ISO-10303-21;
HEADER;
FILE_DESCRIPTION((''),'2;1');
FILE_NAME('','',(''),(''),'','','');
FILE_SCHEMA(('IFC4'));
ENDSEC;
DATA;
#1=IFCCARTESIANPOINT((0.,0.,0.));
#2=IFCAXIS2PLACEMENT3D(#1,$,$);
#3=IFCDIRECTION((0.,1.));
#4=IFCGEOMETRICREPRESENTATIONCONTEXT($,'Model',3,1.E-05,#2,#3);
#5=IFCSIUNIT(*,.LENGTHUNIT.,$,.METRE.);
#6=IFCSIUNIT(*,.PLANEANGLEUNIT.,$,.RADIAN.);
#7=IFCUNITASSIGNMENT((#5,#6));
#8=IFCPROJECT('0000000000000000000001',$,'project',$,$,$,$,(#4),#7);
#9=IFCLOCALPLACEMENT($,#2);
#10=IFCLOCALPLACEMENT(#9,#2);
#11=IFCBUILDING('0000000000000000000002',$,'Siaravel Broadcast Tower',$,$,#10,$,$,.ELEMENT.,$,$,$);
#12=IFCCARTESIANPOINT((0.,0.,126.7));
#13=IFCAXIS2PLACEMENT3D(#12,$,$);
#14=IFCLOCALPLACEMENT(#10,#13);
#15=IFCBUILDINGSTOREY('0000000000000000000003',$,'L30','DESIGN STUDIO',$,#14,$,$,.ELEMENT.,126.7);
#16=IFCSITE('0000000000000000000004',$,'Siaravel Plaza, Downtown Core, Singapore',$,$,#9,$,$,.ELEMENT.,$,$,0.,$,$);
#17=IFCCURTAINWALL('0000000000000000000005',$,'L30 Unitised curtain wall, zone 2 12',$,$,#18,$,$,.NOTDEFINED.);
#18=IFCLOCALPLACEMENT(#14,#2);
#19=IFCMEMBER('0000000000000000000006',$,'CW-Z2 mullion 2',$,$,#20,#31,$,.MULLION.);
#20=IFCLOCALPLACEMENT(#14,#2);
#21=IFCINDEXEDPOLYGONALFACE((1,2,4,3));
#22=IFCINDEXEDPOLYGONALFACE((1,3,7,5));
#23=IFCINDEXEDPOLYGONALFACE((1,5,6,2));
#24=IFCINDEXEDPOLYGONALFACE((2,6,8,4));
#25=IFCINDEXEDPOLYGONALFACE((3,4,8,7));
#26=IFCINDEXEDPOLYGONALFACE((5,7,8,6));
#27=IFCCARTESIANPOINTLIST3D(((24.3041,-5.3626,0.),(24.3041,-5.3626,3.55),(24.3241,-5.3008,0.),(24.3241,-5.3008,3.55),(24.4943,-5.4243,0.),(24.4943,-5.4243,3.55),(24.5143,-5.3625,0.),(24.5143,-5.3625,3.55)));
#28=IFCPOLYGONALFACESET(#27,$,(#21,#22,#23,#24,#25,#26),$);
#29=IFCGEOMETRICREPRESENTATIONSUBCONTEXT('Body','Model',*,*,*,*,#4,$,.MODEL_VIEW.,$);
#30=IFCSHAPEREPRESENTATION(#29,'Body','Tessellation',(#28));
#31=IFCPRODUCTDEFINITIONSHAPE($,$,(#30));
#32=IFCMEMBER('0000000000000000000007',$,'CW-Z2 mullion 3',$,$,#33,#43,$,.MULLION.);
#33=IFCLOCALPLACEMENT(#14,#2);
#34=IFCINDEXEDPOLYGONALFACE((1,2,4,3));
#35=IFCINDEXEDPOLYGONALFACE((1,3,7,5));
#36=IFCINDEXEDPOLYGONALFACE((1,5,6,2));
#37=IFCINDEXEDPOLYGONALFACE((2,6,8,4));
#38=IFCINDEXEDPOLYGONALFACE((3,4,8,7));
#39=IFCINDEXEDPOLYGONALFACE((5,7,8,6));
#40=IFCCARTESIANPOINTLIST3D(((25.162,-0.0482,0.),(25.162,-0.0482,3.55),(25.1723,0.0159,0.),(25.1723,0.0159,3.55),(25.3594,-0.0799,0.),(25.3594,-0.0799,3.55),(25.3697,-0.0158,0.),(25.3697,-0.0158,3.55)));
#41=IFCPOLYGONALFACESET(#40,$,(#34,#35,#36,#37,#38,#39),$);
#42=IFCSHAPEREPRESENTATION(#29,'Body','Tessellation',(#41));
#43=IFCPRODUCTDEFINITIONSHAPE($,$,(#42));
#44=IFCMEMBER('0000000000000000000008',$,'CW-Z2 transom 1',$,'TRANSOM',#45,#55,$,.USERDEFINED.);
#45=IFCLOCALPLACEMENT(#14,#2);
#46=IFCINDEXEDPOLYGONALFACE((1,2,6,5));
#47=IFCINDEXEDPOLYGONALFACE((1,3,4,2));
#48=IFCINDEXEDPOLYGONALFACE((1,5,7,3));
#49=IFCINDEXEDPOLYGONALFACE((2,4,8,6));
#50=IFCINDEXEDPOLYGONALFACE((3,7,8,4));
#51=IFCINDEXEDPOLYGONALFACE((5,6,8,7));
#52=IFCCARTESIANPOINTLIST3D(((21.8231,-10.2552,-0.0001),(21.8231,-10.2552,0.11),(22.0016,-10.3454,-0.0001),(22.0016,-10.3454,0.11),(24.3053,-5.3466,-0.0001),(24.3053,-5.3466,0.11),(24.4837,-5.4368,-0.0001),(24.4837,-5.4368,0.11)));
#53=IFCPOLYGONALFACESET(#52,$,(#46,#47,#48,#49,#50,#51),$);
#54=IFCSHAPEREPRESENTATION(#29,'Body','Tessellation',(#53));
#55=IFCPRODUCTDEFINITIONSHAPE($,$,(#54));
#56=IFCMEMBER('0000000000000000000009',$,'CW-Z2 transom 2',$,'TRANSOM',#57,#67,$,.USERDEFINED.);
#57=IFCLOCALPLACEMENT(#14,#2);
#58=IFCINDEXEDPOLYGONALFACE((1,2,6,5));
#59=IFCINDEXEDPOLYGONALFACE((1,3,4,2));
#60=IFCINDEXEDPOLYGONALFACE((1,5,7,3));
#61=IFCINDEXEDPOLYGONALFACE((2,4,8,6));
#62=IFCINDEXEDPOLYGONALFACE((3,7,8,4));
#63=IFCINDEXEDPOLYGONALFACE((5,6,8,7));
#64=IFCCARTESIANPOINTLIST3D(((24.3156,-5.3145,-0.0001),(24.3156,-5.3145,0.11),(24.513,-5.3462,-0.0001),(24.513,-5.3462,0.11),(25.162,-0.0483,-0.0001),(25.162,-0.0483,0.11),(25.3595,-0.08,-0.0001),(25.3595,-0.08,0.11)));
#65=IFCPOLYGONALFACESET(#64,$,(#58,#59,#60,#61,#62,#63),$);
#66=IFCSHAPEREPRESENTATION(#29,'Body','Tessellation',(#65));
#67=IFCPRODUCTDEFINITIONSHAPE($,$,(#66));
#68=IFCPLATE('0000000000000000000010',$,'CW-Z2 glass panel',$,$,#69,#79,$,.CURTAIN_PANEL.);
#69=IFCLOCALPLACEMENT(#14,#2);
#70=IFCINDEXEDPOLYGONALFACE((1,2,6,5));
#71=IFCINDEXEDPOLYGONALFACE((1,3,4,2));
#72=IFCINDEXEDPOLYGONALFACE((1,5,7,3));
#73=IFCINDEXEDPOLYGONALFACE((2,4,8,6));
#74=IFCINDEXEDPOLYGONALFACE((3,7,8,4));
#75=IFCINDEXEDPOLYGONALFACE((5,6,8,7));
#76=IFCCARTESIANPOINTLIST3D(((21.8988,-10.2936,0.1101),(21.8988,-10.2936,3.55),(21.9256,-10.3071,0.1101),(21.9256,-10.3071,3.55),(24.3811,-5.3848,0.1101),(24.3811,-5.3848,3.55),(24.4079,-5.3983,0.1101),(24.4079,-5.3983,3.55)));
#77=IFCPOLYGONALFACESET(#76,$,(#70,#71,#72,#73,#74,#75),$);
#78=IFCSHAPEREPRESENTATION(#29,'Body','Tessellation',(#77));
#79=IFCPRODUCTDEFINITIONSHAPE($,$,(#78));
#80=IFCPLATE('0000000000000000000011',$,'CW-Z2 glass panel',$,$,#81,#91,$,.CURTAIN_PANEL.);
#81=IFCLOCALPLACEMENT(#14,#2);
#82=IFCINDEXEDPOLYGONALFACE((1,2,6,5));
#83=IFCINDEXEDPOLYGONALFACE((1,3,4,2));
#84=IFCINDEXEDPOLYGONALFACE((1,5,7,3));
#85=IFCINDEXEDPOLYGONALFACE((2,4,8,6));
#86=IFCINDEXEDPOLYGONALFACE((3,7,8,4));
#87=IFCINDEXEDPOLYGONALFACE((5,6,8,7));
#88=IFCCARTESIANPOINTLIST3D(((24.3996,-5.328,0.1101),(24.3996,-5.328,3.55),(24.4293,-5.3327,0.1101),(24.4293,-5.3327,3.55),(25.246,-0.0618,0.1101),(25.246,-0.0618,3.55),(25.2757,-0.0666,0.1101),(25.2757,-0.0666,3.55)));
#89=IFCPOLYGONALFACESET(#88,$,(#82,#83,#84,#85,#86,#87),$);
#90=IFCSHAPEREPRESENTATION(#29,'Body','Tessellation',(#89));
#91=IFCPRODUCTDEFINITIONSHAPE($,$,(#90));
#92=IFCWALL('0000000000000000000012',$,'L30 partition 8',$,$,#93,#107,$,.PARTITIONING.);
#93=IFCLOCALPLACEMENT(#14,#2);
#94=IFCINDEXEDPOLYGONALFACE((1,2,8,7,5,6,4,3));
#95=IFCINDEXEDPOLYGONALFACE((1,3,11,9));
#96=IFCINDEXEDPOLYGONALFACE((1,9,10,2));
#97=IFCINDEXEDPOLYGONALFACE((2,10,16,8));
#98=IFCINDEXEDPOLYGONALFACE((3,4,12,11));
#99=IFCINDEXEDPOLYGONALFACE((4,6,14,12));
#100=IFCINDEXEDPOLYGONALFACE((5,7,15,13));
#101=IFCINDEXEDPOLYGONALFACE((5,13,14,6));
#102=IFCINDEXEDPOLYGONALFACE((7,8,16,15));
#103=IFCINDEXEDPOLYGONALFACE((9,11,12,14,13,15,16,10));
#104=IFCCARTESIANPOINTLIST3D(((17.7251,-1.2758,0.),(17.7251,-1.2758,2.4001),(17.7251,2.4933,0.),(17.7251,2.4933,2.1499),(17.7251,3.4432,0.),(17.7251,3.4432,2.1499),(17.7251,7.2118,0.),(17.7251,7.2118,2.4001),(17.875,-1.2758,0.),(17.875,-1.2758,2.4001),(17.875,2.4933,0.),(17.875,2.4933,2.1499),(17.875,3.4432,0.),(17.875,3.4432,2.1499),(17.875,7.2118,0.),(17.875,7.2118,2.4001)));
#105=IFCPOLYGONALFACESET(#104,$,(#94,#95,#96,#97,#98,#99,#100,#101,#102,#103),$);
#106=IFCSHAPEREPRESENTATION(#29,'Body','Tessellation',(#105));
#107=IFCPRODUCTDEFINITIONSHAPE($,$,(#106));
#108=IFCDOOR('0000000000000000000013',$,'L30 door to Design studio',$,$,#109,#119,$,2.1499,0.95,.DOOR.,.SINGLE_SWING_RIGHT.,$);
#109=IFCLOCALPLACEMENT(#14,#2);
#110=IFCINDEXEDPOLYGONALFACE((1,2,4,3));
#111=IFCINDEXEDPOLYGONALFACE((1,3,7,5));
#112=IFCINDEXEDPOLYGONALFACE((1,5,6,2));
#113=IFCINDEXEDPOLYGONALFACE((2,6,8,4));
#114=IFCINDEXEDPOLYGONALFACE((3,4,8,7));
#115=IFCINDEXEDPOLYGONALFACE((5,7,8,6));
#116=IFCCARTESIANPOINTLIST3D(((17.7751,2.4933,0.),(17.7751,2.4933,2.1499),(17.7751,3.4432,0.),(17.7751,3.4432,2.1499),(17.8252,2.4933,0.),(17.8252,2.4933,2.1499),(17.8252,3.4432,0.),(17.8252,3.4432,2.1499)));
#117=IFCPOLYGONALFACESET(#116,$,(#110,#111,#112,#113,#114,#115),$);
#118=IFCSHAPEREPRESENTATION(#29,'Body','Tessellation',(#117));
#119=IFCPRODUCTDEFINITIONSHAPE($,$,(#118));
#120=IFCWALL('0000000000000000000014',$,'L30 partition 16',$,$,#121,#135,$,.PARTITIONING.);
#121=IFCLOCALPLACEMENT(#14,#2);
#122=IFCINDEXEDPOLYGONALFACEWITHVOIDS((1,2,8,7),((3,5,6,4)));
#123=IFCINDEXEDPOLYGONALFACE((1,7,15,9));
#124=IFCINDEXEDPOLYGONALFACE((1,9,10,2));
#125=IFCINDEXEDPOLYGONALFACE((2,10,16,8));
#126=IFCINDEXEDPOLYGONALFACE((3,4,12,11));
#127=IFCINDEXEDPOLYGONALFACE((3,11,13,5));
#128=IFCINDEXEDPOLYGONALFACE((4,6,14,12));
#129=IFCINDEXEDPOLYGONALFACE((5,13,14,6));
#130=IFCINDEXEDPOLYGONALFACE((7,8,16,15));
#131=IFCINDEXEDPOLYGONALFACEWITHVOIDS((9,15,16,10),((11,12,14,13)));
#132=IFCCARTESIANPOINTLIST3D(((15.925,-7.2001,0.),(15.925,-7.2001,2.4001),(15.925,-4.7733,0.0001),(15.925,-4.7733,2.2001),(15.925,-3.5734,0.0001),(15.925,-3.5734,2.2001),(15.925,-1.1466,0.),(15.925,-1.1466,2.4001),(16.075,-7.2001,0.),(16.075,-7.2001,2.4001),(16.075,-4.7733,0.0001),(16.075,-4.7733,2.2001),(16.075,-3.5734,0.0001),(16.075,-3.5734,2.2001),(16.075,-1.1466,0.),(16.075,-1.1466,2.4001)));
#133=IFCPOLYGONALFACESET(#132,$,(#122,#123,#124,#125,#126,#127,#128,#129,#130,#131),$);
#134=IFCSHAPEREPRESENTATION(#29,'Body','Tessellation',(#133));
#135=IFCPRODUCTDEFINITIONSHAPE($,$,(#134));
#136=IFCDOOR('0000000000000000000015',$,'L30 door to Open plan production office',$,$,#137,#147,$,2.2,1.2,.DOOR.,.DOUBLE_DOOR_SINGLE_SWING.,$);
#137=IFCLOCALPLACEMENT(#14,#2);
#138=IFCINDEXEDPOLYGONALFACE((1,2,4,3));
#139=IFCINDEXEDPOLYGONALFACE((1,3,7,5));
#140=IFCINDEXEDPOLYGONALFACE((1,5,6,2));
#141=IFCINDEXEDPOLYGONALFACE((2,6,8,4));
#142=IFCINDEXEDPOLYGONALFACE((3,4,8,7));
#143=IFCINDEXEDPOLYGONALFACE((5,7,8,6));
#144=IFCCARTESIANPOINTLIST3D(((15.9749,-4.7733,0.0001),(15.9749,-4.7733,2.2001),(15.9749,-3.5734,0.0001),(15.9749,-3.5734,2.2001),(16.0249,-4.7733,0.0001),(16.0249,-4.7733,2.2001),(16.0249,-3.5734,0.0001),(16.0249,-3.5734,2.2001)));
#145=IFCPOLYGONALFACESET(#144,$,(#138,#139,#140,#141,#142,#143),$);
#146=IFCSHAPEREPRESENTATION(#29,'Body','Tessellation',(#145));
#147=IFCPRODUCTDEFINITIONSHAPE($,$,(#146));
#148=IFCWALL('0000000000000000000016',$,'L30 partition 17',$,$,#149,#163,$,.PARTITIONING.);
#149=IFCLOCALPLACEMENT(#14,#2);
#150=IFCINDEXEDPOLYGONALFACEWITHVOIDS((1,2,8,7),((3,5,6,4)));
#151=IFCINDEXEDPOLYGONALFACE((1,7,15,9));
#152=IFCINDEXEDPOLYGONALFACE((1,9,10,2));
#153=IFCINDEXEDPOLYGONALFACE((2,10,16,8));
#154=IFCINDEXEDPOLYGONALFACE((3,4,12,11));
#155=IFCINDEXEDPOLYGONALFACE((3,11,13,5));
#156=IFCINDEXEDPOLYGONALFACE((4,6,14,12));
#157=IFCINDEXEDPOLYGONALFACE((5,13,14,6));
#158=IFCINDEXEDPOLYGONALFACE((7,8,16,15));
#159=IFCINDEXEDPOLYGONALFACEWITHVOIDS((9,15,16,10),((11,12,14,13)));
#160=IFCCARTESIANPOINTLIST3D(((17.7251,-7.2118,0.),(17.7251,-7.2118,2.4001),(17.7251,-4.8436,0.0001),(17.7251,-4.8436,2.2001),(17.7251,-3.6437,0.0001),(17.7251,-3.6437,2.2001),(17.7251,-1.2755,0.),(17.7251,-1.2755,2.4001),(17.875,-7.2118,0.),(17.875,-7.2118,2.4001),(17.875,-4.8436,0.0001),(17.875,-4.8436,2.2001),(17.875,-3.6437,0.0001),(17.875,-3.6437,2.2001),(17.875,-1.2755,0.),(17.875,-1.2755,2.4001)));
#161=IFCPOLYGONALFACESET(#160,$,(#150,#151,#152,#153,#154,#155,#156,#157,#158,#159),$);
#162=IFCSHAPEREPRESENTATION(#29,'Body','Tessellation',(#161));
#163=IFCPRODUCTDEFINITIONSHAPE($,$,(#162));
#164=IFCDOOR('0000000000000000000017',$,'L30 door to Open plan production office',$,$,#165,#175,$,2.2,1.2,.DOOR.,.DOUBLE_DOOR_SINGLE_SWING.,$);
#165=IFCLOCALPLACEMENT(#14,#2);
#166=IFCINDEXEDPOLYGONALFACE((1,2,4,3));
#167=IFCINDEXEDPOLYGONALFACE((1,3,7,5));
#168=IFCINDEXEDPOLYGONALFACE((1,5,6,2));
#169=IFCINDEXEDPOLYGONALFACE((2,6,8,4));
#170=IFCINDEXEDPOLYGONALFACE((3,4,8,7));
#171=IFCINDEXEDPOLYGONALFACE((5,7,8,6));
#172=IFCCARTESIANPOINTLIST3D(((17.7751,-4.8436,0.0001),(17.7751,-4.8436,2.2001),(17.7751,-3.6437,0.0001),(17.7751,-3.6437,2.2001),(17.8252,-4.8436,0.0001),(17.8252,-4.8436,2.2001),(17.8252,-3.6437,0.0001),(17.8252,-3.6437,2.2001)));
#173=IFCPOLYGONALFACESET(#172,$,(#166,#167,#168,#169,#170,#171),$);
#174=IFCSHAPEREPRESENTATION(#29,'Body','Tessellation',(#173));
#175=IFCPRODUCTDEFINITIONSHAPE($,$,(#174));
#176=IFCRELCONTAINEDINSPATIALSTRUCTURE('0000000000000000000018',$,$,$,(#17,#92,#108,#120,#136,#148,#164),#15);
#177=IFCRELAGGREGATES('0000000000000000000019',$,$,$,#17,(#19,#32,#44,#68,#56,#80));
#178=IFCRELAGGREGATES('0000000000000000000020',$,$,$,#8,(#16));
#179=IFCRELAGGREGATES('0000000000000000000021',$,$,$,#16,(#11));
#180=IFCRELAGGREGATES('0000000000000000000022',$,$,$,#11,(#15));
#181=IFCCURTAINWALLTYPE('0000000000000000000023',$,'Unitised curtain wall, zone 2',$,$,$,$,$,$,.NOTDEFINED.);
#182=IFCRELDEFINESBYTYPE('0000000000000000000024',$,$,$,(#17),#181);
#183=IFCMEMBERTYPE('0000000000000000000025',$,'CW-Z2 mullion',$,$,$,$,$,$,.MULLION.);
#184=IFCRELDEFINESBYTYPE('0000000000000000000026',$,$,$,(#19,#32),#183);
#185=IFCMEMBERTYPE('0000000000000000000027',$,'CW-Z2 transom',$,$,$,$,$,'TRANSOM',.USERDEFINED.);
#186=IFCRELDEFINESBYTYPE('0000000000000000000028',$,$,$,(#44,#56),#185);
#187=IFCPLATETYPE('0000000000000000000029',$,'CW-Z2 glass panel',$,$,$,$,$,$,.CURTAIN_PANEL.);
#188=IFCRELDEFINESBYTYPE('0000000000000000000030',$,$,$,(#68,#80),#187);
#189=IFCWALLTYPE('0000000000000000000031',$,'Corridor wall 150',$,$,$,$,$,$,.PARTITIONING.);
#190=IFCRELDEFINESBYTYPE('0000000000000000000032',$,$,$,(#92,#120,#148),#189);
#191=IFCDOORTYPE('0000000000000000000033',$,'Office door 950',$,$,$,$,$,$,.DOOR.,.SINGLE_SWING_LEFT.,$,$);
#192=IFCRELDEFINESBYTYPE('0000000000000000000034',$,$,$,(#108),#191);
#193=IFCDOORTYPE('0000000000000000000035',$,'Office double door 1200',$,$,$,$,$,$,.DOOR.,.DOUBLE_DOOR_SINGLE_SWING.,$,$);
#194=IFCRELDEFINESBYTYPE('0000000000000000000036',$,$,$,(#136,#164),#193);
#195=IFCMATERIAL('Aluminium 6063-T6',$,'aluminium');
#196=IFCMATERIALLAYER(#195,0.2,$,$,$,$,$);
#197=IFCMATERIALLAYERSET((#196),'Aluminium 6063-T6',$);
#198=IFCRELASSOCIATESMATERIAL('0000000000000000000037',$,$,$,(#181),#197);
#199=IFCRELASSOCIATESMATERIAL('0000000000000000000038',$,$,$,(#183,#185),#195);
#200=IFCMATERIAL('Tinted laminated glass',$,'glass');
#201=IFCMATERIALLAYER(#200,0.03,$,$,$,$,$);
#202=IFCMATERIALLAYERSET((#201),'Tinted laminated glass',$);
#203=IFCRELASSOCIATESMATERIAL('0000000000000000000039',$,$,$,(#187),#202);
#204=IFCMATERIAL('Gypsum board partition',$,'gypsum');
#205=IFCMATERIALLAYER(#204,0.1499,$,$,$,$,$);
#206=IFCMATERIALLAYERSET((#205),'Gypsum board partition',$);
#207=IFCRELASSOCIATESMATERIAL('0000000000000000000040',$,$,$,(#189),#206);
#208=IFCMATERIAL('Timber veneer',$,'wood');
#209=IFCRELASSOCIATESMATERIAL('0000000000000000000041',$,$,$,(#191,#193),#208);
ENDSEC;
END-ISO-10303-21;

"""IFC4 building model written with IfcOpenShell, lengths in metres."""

from ifc_helpers import new_model, si_unit, direction, frame, frame_2d, origin, origin_2d, place, context, subcontext, project, spatial, rectangle, extrude, material, layer, layer_set, material_profile, profile_set, type_object, element, fill, aggregate, save


model = new_model("IFC4")

# Units and contexts
model_context = context("Model", 3, precision=1e-05, world=origin(), true_north=direction((0.0, 1.0)))
body_context = subcontext(model_context, "Body", "Model", "MODEL_VIEW")
ifc_project = project(units=[si_unit("LENGTHUNIT", "METRE"), si_unit("PLANEANGLEUNIT", "RADIAN")], contexts=[model_context])

# Site, building, storey
site_placement = place(None, origin())
site = spatial("IfcSite", under=ifc_project, at=site_placement, Name="Siaravel Plaza, Downtown Core, Singapore", CompositionType="ELEMENT", RefElevation=0.0)
building_placement = place(site_placement, origin())
building = spatial("IfcBuilding", under=site, at=building_placement, Name="Siaravel Broadcast Tower", CompositionType="ELEMENT")
storey_placement = place(building_placement, frame((0.0, 0.0, 126.7)))
storey = spatial("IfcBuildingStorey", under=building, at=storey_placement, Name="L30", Description="DESIGN STUDIO", CompositionType="ELEMENT", Elevation=126.7)

# Curtain wall, members, plates
ifc_material_1 = material(Name="Aluminium 6063-T6", Category="aluminium")
ifc_layer_1 = layer(ifc_material_1, 0.2)
ifc_layer_set_1 = layer_set([ifc_layer_1], Name="Aluminium 6063-T6")
curtain_wall_type = type_object("IfcCurtainWallType", Name="Unitised curtain wall, zone 2", PredefinedType="NOTDEFINED", material=ifc_layer_set_1)
curtain_wall_placement = place(storey_placement, origin())
curtain_wall = element("IfcCurtainWall", 1, at=curtain_wall_placement, inside=storey, type_object=curtain_wall_type, Name="L30 Unitised curtain wall, zone 2 12", PredefinedType="NOTDEFINED")
ifc_material_profile_1 = material_profile(ifc_material_1, rectangle(XDim=0.2, YDim=0.0649, at=origin_2d()))
ifc_profile_set_1 = profile_set([ifc_material_profile_1], Name="Aluminium 6063-T6")
member_type_1 = type_object("IfcMemberType", Name="CW-Z2 mullion", PredefinedType="MULLION", material=ifc_profile_set_1)
member_1_placement = place(storey_placement, frame((24.4092, -5.3625, 0.0), z_axis=(0.0, 0.0, 1.0), x_axis=(-0.951177, 0.308645, 0.0)))
member_1 = element("IfcMember", 2, at=member_1_placement, type_object=member_type_1, Name="CW-Z2 mullion 2", PredefinedType="MULLION", context=body_context, shape_type="SweptSolid", body=[
    extrude(rectangle(XDim=0.2, YDim=0.0649, at=origin_2d()), origin(), (0.0, 0.0, 1.0), 3.55),
])
member_2_placement = place(storey_placement, frame((25.2659, -0.032, 0.0), z_axis=(0.0, 0.0, 1.0), x_axis=(-0.987329, 0.158686, 0.0)))
member_2 = element("IfcMember", 3, at=member_2_placement, type_object=member_type_1, Name="CW-Z2 mullion 3", PredefinedType="MULLION", context=body_context, shape_type="SweptSolid", body=[
    extrude(rectangle(XDim=0.2, YDim=0.0649, at=origin_2d()), origin(), (0.0, 0.0, 1.0), 3.55),
])
ifc_material_profile_2 = material_profile(ifc_material_1, rectangle(XDim=0.2, YDim=0.1101, at=origin_2d()))
ifc_profile_set_2 = profile_set([ifc_material_profile_2], Name="Aluminium 6063-T6")
member_type_2 = type_object("IfcMemberType", Name="CW-Z2 transom", ElementType="TRANSOM", PredefinedType="USERDEFINED", material=ifc_profile_set_2)
member_3_placement = place(storey_placement, frame((21.9124, -10.3003, 0.0549), z_axis=(0.451257, 0.892394, 0.0), x_axis=(-0.892394, 0.451257, 0.0)))
member_3 = element("IfcMember", 4, at=member_3_placement, type_object=member_type_2, Name="CW-Z2 transom 1", ObjectType="TRANSOM", PredefinedType="USERDEFINED", context=body_context, shape_type="SweptSolid", body=[
    extrude(rectangle(XDim=0.2, YDim=0.1101, at=origin_2d()), origin(), (0.0, 0.0, 1.0), 5.5005),
])
member_4_placement = place(storey_placement, frame((24.4143, -5.3303, 0.0549), z_axis=(0.158696, 0.987328, 0.0), x_axis=(-0.987328, 0.158696, 0.0)))
member_4 = element("IfcMember", 5, at=member_4_placement, type_object=member_type_2, Name="CW-Z2 transom 2", ObjectType="TRANSOM", PredefinedType="USERDEFINED", context=body_context, shape_type="SweptSolid", body=[
    extrude(rectangle(XDim=0.2, YDim=0.1101, at=origin_2d()), origin(), (0.0, 0.0, 1.0), 5.3337),
])
ifc_material_2 = material(Name="Tinted laminated glass", Category="glass")
ifc_layer_2 = layer(ifc_material_2, 0.03)
ifc_layer_set_2 = layer_set([ifc_layer_2], Name="Tinted laminated glass")
plate_type = type_object("IfcPlateType", Name="CW-Z2 glass panel", PredefinedType="CURTAIN_PANEL", material=ifc_layer_set_2)
plate_1_placement = place(storey_placement, frame((23.1533, -7.8459, 0.1101), z_axis=(0.0, 0.0, 1.0), x_axis=(0.451261, 0.892392, 0.0)))
plate_1 = element("IfcPlate", 6, at=plate_1_placement, type_object=plate_type, Name="CW-Z2 glass panel", PredefinedType="CURTAIN_PANEL", context=body_context, shape_type="SweptSolid", body=[
    extrude(rectangle(XDim=5.5007, YDim=0.03, at=origin_2d()), origin(), (0.0, 0.0, 1.0), 3.4399),
])
plate_2_placement = place(storey_placement, frame((24.8376, -2.6973, 0.1101), z_axis=(0.0, 0.0, 1.0), x_axis=(0.158686, 0.987329, 0.0)))
plate_2 = element("IfcPlate", 7, at=plate_2_placement, type_object=plate_type, Name="CW-Z2 glass panel", PredefinedType="CURTAIN_PANEL", context=body_context, shape_type="SweptSolid", body=[
    extrude(rectangle(XDim=5.3337, YDim=0.03, at=origin_2d()), origin(), (0.0, 0.0, 1.0), 3.4399),
])
aggregate(curtain_wall, [member_1, member_2, member_3, plate_1, member_4, plate_2])

# Walls, openings, doors
ifc_material_3 = material(Name="Gypsum board partition", Category="gypsum")
ifc_layer_3 = layer(ifc_material_3, 0.1499)
ifc_layer_set_3 = layer_set([ifc_layer_3], Name="Gypsum board partition")
wall_type_1 = type_object("IfcWallType", Name="Corridor wall 150", PredefinedType="PARTITIONING", material=ifc_layer_set_3)
wall_1_placement = place(storey_placement, frame((17.8, -1.2756, 0.0), z_axis=(0.0, 0.0, 1.0), x_axis=(0.0, 1.0, 0.0)))
wall_1 = element("IfcWall", 8, at=wall_1_placement, inside=storey, type_object=wall_type_1, Name="L30 partition 8", PredefinedType="PARTITIONING", context=body_context, shape_type="SweptSolid", body=[
    extrude(rectangle(XDim=8.4875, YDim=0.1499, at=frame_2d((4.2437, 0.0))), origin(), (0.0, 0.0, 1.0), 2.4001),
])
opening_1_placement = place(wall_1_placement, frame((3.7688, 0.0, 0.0)))
opening_1 = element("IfcOpeningElement", 9, at=opening_1_placement, cuts=wall_1, PredefinedType="OPENING", context=body_context, shape_type="SweptSolid", body=[
    extrude(rectangle(XDim=0.95, YDim=2.1499, at=frame_2d((0.4751, 1.075))), frame((0.0, 0.085, 0.0), z_axis=(0.0, -1.0, 0.0), x_axis=(1.0, 0.0, 0.0)), (0.0, 0.0, 1.0), 0.1699),
])
ifc_material_4 = material(Name="Timber veneer", Category="wood")
door_type_1 = type_object("IfcDoorType", Name="Office door 950", OperationType="SINGLE_SWING_LEFT", PredefinedType="DOOR", material=ifc_material_4)
door_1_placement = place(opening_1_placement, origin())
door_1 = element("IfcDoor", 10, at=door_1_placement, inside=storey, type_object=door_type_1, Name="L30 door to Design studio", OperationType="SINGLE_SWING_RIGHT", OverallHeight=2.1499, OverallWidth=0.95, PredefinedType="DOOR", context=body_context, shape_type="SweptSolid", body=[
    extrude(rectangle(XDim=0.95, YDim=2.1499, at=frame_2d((0.4751, 1.075))), frame((0.0, 0.0249, 0.0), z_axis=(0.0, -1.0, 0.0), x_axis=(1.0, 0.0, 0.0)), (0.0, 0.0, 1.0), 0.05),
])
fill(opening_1, door_1)
wall_2_placement = place(storey_placement, frame((16.0, -1.1465, 0.0), z_axis=(0.0, 0.0, 1.0), x_axis=(0.0, -1.0, 0.0)))
wall_2 = element("IfcWall", 11, at=wall_2_placement, inside=storey, type_object=wall_type_1, Name="L30 partition 16", PredefinedType="PARTITIONING", context=body_context, shape_type="SweptSolid", body=[
    extrude(rectangle(XDim=6.0535, YDim=0.1499, at=frame_2d((3.0269, 0.0))), origin(), (0.0, 0.0, 1.0), 2.4001),
])
opening_2_placement = place(wall_2_placement, frame((2.4268, 0.0, 0.0)))
opening_2 = element("IfcOpeningElement", 12, at=opening_2_placement, cuts=wall_2, PredefinedType="OPENING", context=body_context, shape_type="SweptSolid", body=[
    extrude(rectangle(XDim=1.2, YDim=2.2, at=frame_2d((0.6001, 1.1001))), frame((0.0, 0.085, 0.0), z_axis=(0.0, -1.0, 0.0), x_axis=(1.0, 0.0, 0.0)), (0.0, 0.0, 1.0), 0.1699),
])
door_type_2 = type_object("IfcDoorType", Name="Office double door 1200", OperationType="DOUBLE_DOOR_SINGLE_SWING", PredefinedType="DOOR", material=ifc_material_4)
door_2_placement = place(opening_2_placement, origin())
door_2 = element("IfcDoor", 13, at=door_2_placement, inside=storey, type_object=door_type_2, Name="L30 door to Open plan production office", OperationType="DOUBLE_DOOR_SINGLE_SWING", OverallHeight=2.2, OverallWidth=1.2, PredefinedType="DOOR", context=body_context, shape_type="SweptSolid", body=[
    extrude(rectangle(XDim=1.2, YDim=2.2, at=frame_2d((0.6001, 1.1001))), frame((0.0, 0.0249, 0.0), z_axis=(0.0, -1.0, 0.0), x_axis=(1.0, 0.0, 0.0)), (0.0, 0.0, 1.0), 0.05),
])
fill(opening_2, door_2)
wall_3_placement = place(storey_placement, frame((17.8, -7.2119, 0.0), z_axis=(0.0, 0.0, 1.0), x_axis=(0.0, 1.0, 0.0)))
wall_3 = element("IfcWall", 14, at=wall_3_placement, inside=storey, type_object=wall_type_1, Name="L30 partition 17", PredefinedType="PARTITIONING", context=body_context, shape_type="SweptSolid", body=[
    extrude(rectangle(XDim=5.9363, YDim=0.1499, at=frame_2d((2.9683, 0.0))), origin(), (0.0, 0.0, 1.0), 2.4001),
])
opening_3_placement = place(wall_3_placement, frame((2.3682, 0.0, 0.0)))
opening_3 = element("IfcOpeningElement", 15, at=opening_3_placement, cuts=wall_3, PredefinedType="OPENING", context=body_context, shape_type="SweptSolid", body=[
    extrude(rectangle(XDim=1.2, YDim=2.2, at=frame_2d((0.6001, 1.1001))), frame((0.0, 0.085, 0.0), z_axis=(0.0, -1.0, 0.0), x_axis=(1.0, 0.0, 0.0)), (0.0, 0.0, 1.0), 0.1699),
])
door_3_placement = place(opening_3_placement, origin())
door_3 = element("IfcDoor", 16, at=door_3_placement, inside=storey, type_object=door_type_2, Name="L30 door to Open plan production office", OperationType="DOUBLE_DOOR_SINGLE_SWING", OverallHeight=2.2, OverallWidth=1.2, PredefinedType="DOOR", context=body_context, shape_type="SweptSolid", body=[
    extrude(rectangle(XDim=1.2, YDim=2.2, at=frame_2d((0.6001, 1.1001))), frame((0.0, 0.0249, 0.0), z_axis=(0.0, -1.0, 0.0), x_axis=(1.0, 0.0, 0.0)), (0.0, 0.0, 1.0), 0.05),
])
fill(opening_3, door_3)

save(model, "model.ifc")
